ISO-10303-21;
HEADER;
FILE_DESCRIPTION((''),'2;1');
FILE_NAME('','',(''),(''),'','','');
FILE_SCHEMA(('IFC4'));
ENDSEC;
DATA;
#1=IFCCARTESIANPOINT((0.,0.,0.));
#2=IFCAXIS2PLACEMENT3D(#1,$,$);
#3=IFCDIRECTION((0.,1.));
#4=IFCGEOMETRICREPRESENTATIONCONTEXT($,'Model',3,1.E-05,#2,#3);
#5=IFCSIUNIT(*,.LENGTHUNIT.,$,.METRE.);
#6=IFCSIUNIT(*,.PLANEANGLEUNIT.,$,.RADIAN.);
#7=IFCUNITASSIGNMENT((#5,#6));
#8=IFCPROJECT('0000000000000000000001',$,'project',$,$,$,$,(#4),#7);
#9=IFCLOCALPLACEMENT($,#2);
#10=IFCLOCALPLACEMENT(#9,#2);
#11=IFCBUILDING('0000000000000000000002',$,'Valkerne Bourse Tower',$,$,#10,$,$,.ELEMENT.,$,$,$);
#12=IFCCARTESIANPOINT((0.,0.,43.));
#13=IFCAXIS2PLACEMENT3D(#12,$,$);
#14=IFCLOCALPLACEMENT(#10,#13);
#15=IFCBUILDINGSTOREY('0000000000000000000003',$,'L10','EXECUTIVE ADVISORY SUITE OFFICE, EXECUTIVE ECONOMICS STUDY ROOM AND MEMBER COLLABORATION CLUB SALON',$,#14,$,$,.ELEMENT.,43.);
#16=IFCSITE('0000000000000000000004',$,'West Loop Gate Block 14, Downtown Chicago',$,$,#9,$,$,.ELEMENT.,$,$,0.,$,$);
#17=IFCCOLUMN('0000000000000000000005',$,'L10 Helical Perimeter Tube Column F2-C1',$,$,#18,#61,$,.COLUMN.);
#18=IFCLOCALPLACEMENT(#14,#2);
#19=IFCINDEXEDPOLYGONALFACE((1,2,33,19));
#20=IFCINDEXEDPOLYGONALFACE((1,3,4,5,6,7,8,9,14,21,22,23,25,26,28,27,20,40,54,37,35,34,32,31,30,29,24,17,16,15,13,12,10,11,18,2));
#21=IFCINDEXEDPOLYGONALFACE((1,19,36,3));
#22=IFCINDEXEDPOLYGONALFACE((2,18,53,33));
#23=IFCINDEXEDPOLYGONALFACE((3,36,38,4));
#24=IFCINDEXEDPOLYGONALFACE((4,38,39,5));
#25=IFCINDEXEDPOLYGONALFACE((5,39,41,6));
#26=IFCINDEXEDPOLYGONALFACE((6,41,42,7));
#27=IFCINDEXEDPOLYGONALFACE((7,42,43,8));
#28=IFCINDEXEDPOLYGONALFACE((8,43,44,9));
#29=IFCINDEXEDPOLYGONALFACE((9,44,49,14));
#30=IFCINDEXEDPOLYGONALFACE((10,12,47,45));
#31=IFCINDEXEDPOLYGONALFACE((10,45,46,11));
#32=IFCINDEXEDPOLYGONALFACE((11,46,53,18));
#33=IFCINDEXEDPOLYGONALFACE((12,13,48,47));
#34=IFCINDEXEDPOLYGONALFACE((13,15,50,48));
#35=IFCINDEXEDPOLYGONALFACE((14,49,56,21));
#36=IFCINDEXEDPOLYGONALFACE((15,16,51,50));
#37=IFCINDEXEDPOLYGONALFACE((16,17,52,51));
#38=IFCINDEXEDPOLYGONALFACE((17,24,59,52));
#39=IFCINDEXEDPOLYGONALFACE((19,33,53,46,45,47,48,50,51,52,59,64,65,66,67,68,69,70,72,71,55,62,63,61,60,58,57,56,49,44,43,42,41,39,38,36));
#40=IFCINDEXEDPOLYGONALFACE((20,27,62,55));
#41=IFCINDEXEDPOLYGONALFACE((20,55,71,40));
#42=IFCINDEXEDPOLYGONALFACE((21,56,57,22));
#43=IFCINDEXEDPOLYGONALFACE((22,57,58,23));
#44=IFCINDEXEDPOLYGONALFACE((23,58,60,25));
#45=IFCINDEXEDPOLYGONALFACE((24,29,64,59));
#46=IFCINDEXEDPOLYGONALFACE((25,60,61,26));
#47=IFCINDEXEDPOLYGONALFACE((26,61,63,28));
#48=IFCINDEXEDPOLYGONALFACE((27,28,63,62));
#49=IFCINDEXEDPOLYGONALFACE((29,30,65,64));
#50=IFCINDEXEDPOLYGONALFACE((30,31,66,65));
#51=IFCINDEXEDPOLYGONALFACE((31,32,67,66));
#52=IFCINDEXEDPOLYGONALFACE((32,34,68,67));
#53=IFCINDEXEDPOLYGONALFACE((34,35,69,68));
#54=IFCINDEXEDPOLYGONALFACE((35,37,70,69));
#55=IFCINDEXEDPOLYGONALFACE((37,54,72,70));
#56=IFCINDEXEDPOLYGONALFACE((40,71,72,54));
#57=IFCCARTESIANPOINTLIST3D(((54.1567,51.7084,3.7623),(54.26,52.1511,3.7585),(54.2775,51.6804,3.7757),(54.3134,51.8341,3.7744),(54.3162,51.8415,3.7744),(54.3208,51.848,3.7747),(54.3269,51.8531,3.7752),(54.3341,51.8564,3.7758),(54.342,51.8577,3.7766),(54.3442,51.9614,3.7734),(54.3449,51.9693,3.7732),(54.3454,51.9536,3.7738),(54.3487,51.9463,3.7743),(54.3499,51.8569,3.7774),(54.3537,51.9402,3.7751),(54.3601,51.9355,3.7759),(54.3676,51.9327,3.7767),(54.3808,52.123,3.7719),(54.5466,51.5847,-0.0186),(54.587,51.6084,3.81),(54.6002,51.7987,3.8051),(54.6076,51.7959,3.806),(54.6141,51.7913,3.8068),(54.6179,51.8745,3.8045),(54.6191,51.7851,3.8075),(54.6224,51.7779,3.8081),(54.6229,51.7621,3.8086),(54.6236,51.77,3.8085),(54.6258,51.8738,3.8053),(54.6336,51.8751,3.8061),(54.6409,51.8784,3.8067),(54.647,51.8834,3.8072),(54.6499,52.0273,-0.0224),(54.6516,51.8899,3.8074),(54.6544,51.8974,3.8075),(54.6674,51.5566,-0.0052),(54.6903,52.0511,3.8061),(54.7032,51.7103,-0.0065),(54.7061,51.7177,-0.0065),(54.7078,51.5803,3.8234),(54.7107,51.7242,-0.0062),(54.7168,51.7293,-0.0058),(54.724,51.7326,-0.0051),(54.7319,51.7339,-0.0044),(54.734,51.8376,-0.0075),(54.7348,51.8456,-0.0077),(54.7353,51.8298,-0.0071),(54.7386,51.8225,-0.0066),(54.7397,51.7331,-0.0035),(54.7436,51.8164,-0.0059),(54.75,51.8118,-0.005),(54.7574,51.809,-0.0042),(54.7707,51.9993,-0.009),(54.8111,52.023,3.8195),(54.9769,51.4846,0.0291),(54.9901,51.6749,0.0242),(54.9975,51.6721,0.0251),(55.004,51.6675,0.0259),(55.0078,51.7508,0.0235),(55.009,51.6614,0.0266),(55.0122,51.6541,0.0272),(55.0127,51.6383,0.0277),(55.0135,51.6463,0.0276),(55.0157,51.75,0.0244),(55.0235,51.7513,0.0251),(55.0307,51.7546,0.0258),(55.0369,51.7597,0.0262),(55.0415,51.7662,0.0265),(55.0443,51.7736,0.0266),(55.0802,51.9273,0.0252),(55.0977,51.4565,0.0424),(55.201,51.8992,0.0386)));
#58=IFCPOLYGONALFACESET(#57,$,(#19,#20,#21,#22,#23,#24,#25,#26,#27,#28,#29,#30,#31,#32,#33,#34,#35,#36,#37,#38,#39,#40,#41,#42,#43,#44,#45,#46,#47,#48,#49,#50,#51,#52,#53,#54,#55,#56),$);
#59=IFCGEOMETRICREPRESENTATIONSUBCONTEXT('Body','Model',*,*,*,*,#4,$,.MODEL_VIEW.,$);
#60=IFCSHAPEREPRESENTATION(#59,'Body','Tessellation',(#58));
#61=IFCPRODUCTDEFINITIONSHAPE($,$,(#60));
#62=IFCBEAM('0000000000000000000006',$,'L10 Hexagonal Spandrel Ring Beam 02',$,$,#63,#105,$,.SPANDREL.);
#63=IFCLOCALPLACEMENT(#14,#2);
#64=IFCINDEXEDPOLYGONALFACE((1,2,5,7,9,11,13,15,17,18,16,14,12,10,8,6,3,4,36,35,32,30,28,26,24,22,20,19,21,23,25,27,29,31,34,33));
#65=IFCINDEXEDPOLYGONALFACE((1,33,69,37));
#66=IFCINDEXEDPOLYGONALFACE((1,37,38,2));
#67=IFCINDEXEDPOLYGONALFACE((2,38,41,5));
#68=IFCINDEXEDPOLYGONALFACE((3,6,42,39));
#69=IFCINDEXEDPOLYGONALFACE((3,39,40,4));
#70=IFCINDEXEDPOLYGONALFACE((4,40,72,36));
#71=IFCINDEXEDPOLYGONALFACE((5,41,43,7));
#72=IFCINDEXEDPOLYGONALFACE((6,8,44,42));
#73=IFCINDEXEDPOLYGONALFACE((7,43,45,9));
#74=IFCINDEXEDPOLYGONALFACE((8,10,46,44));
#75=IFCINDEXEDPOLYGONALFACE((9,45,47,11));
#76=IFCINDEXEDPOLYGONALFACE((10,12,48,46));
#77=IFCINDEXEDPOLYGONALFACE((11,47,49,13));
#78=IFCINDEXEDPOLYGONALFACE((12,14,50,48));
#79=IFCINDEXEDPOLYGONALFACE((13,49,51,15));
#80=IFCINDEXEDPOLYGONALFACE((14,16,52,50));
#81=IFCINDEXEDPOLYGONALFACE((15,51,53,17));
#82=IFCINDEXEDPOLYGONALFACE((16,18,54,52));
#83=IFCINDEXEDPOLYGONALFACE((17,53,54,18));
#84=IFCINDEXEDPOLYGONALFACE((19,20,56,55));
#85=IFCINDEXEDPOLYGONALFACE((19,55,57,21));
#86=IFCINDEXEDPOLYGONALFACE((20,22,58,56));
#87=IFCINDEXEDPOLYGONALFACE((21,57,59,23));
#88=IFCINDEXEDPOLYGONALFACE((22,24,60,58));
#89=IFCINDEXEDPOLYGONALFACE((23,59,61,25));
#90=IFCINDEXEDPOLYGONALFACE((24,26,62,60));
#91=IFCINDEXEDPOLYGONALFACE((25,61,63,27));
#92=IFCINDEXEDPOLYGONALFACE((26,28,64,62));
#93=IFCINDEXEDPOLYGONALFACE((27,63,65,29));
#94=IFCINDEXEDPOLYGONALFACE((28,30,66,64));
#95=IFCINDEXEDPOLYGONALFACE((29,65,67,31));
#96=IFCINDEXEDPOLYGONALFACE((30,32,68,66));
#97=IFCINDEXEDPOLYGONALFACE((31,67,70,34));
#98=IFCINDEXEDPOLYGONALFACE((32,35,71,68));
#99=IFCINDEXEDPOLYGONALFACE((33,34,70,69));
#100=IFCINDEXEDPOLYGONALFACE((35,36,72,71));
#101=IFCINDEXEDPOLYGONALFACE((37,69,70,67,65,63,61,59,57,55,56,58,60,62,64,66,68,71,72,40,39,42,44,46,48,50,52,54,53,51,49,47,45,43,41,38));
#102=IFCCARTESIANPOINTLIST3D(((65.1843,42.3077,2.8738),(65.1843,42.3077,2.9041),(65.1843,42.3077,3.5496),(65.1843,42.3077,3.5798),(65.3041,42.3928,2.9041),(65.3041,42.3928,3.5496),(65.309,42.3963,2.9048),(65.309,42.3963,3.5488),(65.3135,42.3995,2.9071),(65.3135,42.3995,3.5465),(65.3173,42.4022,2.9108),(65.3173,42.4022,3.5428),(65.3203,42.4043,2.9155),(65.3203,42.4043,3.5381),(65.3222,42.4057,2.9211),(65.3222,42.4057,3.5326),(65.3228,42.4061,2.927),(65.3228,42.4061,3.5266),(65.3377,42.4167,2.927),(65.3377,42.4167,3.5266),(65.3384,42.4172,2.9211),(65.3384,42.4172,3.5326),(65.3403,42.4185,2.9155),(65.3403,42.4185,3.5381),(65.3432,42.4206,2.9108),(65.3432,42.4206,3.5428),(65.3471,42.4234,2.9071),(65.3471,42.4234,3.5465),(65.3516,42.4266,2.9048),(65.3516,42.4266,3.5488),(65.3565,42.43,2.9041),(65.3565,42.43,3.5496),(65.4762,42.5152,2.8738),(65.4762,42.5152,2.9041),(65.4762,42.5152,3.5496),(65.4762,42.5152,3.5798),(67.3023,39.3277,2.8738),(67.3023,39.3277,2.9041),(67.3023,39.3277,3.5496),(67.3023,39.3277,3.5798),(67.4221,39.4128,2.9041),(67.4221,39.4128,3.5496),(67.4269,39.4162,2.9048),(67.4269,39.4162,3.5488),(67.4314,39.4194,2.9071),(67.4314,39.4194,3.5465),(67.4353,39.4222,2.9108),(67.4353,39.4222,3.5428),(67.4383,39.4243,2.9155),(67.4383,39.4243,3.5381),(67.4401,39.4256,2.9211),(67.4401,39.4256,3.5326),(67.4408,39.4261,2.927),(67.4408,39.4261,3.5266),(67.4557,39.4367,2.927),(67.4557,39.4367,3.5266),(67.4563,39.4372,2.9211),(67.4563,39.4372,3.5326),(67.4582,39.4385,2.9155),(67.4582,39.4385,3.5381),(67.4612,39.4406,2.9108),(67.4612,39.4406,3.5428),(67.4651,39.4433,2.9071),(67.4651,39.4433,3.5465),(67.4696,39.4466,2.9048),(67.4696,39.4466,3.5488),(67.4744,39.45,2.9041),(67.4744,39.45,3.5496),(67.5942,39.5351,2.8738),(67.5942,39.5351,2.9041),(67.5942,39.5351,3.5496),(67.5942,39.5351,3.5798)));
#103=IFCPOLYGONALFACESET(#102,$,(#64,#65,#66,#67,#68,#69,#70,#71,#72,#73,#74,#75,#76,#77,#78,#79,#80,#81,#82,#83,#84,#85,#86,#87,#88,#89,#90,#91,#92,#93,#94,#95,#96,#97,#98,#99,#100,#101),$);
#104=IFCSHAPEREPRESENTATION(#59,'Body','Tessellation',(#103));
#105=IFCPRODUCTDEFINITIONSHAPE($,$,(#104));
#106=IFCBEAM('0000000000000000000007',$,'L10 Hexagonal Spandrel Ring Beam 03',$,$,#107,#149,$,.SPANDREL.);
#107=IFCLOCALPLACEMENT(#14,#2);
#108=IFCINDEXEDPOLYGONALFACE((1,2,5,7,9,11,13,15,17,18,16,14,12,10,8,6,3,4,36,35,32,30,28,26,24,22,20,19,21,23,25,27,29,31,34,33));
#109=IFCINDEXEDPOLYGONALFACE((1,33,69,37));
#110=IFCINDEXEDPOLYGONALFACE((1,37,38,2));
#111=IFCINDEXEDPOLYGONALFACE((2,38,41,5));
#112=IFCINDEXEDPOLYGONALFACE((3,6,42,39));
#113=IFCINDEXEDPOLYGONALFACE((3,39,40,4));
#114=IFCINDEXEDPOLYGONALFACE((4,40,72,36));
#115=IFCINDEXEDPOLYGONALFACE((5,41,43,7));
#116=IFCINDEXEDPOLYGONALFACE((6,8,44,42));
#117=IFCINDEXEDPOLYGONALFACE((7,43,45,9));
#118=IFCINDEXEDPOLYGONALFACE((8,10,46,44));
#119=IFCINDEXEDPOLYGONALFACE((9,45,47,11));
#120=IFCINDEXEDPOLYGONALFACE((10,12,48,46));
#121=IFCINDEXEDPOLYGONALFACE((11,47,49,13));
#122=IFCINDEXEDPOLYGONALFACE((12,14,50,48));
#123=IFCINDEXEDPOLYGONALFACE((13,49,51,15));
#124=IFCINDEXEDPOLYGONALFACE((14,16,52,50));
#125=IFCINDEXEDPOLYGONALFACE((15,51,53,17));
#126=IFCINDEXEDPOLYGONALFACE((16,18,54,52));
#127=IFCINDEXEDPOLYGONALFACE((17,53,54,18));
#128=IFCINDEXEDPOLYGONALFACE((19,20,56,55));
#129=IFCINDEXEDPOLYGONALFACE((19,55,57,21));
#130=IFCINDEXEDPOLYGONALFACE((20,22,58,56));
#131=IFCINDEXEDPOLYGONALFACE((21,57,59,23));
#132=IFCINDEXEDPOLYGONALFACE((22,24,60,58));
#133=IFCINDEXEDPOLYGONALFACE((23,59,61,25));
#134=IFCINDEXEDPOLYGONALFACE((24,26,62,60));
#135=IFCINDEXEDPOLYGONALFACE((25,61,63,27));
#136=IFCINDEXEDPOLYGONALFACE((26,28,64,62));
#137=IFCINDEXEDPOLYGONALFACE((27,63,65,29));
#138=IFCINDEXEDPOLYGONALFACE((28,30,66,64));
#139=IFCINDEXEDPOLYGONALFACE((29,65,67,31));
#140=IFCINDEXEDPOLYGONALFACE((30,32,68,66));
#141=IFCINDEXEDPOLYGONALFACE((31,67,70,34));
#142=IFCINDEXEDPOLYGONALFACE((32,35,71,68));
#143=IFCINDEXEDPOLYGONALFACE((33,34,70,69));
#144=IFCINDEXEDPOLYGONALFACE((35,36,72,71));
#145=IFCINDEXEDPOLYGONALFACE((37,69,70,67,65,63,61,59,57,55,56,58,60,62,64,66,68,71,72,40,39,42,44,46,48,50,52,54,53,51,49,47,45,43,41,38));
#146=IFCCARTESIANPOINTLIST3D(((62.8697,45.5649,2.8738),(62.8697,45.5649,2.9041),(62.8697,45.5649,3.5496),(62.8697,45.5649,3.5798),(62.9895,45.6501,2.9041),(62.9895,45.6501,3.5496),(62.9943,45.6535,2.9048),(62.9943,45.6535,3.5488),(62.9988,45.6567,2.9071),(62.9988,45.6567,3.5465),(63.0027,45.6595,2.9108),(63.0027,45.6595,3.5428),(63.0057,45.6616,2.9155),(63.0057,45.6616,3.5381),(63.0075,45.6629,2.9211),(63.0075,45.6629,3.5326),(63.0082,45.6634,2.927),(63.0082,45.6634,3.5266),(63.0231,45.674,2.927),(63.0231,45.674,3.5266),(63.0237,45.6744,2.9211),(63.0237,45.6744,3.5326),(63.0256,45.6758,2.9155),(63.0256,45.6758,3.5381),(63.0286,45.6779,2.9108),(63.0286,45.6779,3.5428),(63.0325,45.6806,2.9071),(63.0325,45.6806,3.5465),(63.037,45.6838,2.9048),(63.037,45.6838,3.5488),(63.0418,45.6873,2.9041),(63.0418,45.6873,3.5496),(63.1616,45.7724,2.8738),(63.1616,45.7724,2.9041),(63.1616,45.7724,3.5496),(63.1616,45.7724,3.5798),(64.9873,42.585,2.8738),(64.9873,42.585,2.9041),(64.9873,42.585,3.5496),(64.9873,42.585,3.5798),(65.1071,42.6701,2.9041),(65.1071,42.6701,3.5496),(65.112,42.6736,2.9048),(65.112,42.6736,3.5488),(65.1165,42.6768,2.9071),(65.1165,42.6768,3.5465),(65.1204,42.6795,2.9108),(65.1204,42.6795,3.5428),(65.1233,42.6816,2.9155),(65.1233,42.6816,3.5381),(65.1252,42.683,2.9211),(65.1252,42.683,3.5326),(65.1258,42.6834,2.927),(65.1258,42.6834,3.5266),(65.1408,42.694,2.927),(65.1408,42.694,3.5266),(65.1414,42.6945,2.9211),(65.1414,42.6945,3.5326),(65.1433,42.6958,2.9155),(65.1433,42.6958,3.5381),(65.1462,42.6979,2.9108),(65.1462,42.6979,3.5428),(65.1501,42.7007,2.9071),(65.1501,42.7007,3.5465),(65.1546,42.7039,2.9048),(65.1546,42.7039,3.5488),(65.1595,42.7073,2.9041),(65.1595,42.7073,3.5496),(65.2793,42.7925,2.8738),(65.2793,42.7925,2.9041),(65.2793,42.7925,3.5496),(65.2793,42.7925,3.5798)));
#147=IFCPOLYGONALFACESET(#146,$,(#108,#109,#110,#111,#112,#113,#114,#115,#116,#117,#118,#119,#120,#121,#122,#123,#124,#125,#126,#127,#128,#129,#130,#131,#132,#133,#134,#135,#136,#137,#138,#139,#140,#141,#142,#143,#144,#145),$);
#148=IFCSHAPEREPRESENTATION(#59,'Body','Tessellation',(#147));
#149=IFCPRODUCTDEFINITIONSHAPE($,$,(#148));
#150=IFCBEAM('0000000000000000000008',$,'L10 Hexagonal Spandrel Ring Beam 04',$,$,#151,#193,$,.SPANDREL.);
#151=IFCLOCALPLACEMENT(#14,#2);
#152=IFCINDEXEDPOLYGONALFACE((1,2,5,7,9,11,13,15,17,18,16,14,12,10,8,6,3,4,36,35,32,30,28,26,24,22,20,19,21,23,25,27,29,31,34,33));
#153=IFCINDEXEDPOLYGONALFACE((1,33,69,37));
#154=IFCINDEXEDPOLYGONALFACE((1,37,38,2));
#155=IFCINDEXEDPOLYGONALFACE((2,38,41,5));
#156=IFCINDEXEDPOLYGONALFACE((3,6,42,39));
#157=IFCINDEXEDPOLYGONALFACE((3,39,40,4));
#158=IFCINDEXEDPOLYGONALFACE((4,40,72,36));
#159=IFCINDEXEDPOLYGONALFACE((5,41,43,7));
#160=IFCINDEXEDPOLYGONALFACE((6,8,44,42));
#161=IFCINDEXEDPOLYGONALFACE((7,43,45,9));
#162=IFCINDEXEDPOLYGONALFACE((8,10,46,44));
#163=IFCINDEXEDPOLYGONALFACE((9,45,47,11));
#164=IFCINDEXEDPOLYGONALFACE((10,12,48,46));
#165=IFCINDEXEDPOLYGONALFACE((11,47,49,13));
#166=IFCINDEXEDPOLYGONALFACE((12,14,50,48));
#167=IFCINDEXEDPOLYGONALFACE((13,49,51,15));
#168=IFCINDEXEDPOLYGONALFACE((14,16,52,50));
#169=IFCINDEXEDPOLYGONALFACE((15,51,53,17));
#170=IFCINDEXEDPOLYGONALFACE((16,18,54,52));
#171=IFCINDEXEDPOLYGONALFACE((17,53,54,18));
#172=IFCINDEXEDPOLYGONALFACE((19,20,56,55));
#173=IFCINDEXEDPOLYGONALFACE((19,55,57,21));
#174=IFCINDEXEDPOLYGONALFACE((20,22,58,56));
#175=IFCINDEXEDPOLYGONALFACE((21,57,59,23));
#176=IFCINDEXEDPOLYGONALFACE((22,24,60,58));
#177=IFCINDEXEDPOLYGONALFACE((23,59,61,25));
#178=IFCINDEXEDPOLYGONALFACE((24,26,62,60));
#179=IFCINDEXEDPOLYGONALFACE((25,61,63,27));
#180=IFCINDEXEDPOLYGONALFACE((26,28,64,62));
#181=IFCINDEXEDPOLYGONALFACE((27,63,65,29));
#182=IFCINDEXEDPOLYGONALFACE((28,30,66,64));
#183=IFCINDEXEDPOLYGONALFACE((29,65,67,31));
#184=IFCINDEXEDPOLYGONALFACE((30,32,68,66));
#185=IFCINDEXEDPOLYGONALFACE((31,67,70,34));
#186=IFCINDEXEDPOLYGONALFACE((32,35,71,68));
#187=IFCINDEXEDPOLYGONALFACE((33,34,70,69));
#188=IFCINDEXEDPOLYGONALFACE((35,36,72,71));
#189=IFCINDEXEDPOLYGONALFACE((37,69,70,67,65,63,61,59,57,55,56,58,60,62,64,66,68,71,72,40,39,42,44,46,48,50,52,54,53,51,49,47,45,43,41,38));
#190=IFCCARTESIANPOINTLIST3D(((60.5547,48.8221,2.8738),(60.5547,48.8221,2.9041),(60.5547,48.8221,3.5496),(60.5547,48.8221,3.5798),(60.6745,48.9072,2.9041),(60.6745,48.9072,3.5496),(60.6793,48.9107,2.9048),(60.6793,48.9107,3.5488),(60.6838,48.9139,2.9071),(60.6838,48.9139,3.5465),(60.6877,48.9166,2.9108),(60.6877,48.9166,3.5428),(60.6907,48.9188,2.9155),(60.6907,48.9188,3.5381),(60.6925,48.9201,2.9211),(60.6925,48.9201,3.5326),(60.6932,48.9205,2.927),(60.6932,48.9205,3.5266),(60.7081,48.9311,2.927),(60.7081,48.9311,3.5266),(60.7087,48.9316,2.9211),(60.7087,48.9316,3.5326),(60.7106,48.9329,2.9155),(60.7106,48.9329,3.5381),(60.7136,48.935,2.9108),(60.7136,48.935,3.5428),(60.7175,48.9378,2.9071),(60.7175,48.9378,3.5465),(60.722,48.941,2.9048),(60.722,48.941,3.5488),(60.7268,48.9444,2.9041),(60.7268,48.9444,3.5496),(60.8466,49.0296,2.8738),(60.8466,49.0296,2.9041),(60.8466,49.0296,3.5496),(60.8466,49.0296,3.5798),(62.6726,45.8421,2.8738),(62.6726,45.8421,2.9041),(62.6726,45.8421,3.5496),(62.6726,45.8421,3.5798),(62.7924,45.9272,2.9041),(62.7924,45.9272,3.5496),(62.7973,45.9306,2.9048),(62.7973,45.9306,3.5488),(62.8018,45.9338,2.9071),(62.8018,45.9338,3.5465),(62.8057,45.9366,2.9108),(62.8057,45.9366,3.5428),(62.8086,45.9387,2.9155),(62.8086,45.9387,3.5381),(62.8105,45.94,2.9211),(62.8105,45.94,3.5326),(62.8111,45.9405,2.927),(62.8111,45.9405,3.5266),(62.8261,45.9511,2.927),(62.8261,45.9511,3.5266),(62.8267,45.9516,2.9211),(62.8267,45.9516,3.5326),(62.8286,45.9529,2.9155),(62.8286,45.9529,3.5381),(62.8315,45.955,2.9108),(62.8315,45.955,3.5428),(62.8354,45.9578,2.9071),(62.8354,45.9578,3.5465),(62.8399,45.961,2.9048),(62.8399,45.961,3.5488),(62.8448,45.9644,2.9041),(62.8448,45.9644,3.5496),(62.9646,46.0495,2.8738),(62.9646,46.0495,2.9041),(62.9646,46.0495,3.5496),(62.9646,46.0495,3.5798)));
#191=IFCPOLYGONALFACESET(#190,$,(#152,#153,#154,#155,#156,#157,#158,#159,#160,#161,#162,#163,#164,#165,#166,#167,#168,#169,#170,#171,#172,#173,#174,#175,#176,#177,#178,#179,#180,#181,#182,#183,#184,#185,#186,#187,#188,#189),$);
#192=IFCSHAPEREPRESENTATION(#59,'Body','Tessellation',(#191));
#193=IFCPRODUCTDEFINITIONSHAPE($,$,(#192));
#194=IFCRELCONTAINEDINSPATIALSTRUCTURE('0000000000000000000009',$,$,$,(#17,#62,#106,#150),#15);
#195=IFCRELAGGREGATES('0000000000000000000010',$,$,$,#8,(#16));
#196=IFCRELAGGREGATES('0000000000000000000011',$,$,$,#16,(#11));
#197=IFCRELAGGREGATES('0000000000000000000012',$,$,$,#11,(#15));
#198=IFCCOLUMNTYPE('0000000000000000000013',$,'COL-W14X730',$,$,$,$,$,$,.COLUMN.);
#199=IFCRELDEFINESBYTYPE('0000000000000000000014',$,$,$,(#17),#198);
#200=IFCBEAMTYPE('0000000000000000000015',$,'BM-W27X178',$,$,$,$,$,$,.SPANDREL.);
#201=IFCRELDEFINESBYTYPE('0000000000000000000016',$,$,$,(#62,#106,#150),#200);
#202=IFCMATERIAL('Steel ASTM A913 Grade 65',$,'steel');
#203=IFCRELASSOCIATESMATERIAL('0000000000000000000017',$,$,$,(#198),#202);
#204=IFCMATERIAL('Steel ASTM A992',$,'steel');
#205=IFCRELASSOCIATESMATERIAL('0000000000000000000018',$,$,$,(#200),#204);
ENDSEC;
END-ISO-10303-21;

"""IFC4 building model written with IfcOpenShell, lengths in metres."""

from ifc_helpers import new_model, si_unit, direction, frame, origin, origin_2d, place, context, subcontext, project, spatial, i_section, extrude, material, material_profile, profile_set, type_object, element, save


model = new_model("IFC4")

# Units and contexts
model_context = context("Model", 3, precision=1e-05, world=origin(), true_north=direction((0.0, 1.0)))
body_context = subcontext(model_context, "Body", "Model", "MODEL_VIEW")
ifc_project = project(units=[si_unit("LENGTHUNIT", "METRE"), si_unit("PLANEANGLEUNIT", "RADIAN")], contexts=[model_context])

# Site, building, storey
site_placement = place(None, origin())
site = spatial("IfcSite", under=ifc_project, at=site_placement, Name="West Loop Gate Block 14, Downtown Chicago", CompositionType="ELEMENT", RefElevation=0.0)
building_placement = place(site_placement, origin())
building = spatial("IfcBuilding", under=site, at=building_placement, Name="Valkerne Bourse Tower", CompositionType="ELEMENT")
storey_placement = place(building_placement, frame((0.0, 0.0, 43.0)))
storey = spatial("IfcBuildingStorey", under=building, at=storey_placement, Name="L10", Description="EXECUTIVE ADVISORY SUITE OFFICE, EXECUTIVE ECONOMICS STUDY ROOM AND MEMBER COLLABORATION CLUB SALON", CompositionType="ELEMENT", Elevation=43.0)

# Column
ifc_material_1 = material(Name="Steel ASTM A913 Grade 65", Category="steel")
ifc_material_profile_1 = material_profile(ifc_material_1, i_section(OverallWidth=0.4546, OverallDepth=0.5691, WebThickness=0.0779, FlangeThickness=0.1248, FilletRadius=0.0305, at=origin_2d()), Name="W14X730")
ifc_profile_set_1 = profile_set([ifc_material_profile_1], Name="Steel ASTM A913 Grade 65")
column_type = type_object("IfcColumnType", Name="COL-W14X730", PredefinedType="COLUMN", material=ifc_profile_set_1)
for number, where, z_axis, x_axis, name in (
    (1, (54.8738, 51.7419, 0.01), (-0.10252, 0.032547, 0.994198), (0.227308, 0.973786, -0.008439), "L10 Helical Perimeter Tube Column F2-C1"),
):
    element("IfcColumn", number, at=place(storey_placement, frame(where, z_axis=z_axis, x_axis=x_axis)), inside=storey, type_object=column_type, Name=name, PredefinedType="COLUMN", context=body_context, shape_type="SweptSolid", body=[
        extrude(i_section(OverallWidth=0.4546, OverallDepth=0.5691, WebThickness=0.0779, FlangeThickness=0.1248, FilletRadius=0.0305, at=origin_2d()), origin(), (0.0, 0.0, 1.0), 3.803),
    ])

# Beams
ifc_material_2 = material(Name="Steel ASTM A992", Category="steel")
ifc_material_profile_2 = material_profile(ifc_material_2, i_section(OverallWidth=0.3582, OverallDepth=0.7061, WebThickness=0.0183, FlangeThickness=0.0303, FilletRadius=0.0229, at=origin_2d()), Name="W27X178")
ifc_profile_set_2 = profile_set([ifc_material_profile_2], Name="Steel ASTM A992")
beam_type = type_object("IfcBeamType", Name="BM-W27X178", PredefinedType="SPANDREL", material=ifc_profile_set_2)
beam_1_placement = place(storey_placement, frame((67.4482, 39.4314, 3.2268), z_axis=(-0.57931, 0.815107, 0.0), x_axis=(-0.815107, -0.57931, 0.0)))
element("IfcBeam", 2, at=beam_1_placement, inside=storey, type_object=beam_type, Name="L10 Hexagonal Spandrel Ring Beam 02", PredefinedType="SPANDREL", context=body_context, shape_type="SweptSolid", body=[
    extrude(i_section(OverallWidth=0.3582, OverallDepth=0.7061, WebThickness=0.0183, FlangeThickness=0.0303, FilletRadius=0.0229, at=origin_2d()), origin(), (0.0, 0.0, 1.0), 3.656),
])
beam_2_placement = place(storey_placement, frame((65.1333, 42.6887, 3.2268), z_axis=(-0.579266, 0.815139, 0.0), x_axis=(-0.815139, -0.579266, 0.0)))
element("IfcBeam", 3, at=beam_2_placement, inside=storey, type_object=beam_type, Name="L10 Hexagonal Spandrel Ring Beam 03", PredefinedType="SPANDREL", context=body_context, shape_type="SweptSolid", body=[
    extrude(i_section(OverallWidth=0.3582, OverallDepth=0.7061, WebThickness=0.0183, FlangeThickness=0.0303, FilletRadius=0.0229, at=origin_2d()), origin(), (0.0, 0.0, 1.0), 3.6558),
])
beam_3_placement = place(storey_placement, frame((62.8186, 45.9458, 3.2268), z_axis=(-0.57931, 0.815107, 0.0), x_axis=(-0.815107, -0.57931, 0.0)))
element("IfcBeam", 4, at=beam_3_placement, inside=storey, type_object=beam_type, Name="L10 Hexagonal Spandrel Ring Beam 04", PredefinedType="SPANDREL", context=body_context, shape_type="SweptSolid", body=[
    extrude(i_section(OverallWidth=0.3582, OverallDepth=0.7061, WebThickness=0.0183, FlangeThickness=0.0303, FilletRadius=0.0229, at=origin_2d()), origin(), (0.0, 0.0, 1.0), 3.656),
])

save(model, "model.ifc")
